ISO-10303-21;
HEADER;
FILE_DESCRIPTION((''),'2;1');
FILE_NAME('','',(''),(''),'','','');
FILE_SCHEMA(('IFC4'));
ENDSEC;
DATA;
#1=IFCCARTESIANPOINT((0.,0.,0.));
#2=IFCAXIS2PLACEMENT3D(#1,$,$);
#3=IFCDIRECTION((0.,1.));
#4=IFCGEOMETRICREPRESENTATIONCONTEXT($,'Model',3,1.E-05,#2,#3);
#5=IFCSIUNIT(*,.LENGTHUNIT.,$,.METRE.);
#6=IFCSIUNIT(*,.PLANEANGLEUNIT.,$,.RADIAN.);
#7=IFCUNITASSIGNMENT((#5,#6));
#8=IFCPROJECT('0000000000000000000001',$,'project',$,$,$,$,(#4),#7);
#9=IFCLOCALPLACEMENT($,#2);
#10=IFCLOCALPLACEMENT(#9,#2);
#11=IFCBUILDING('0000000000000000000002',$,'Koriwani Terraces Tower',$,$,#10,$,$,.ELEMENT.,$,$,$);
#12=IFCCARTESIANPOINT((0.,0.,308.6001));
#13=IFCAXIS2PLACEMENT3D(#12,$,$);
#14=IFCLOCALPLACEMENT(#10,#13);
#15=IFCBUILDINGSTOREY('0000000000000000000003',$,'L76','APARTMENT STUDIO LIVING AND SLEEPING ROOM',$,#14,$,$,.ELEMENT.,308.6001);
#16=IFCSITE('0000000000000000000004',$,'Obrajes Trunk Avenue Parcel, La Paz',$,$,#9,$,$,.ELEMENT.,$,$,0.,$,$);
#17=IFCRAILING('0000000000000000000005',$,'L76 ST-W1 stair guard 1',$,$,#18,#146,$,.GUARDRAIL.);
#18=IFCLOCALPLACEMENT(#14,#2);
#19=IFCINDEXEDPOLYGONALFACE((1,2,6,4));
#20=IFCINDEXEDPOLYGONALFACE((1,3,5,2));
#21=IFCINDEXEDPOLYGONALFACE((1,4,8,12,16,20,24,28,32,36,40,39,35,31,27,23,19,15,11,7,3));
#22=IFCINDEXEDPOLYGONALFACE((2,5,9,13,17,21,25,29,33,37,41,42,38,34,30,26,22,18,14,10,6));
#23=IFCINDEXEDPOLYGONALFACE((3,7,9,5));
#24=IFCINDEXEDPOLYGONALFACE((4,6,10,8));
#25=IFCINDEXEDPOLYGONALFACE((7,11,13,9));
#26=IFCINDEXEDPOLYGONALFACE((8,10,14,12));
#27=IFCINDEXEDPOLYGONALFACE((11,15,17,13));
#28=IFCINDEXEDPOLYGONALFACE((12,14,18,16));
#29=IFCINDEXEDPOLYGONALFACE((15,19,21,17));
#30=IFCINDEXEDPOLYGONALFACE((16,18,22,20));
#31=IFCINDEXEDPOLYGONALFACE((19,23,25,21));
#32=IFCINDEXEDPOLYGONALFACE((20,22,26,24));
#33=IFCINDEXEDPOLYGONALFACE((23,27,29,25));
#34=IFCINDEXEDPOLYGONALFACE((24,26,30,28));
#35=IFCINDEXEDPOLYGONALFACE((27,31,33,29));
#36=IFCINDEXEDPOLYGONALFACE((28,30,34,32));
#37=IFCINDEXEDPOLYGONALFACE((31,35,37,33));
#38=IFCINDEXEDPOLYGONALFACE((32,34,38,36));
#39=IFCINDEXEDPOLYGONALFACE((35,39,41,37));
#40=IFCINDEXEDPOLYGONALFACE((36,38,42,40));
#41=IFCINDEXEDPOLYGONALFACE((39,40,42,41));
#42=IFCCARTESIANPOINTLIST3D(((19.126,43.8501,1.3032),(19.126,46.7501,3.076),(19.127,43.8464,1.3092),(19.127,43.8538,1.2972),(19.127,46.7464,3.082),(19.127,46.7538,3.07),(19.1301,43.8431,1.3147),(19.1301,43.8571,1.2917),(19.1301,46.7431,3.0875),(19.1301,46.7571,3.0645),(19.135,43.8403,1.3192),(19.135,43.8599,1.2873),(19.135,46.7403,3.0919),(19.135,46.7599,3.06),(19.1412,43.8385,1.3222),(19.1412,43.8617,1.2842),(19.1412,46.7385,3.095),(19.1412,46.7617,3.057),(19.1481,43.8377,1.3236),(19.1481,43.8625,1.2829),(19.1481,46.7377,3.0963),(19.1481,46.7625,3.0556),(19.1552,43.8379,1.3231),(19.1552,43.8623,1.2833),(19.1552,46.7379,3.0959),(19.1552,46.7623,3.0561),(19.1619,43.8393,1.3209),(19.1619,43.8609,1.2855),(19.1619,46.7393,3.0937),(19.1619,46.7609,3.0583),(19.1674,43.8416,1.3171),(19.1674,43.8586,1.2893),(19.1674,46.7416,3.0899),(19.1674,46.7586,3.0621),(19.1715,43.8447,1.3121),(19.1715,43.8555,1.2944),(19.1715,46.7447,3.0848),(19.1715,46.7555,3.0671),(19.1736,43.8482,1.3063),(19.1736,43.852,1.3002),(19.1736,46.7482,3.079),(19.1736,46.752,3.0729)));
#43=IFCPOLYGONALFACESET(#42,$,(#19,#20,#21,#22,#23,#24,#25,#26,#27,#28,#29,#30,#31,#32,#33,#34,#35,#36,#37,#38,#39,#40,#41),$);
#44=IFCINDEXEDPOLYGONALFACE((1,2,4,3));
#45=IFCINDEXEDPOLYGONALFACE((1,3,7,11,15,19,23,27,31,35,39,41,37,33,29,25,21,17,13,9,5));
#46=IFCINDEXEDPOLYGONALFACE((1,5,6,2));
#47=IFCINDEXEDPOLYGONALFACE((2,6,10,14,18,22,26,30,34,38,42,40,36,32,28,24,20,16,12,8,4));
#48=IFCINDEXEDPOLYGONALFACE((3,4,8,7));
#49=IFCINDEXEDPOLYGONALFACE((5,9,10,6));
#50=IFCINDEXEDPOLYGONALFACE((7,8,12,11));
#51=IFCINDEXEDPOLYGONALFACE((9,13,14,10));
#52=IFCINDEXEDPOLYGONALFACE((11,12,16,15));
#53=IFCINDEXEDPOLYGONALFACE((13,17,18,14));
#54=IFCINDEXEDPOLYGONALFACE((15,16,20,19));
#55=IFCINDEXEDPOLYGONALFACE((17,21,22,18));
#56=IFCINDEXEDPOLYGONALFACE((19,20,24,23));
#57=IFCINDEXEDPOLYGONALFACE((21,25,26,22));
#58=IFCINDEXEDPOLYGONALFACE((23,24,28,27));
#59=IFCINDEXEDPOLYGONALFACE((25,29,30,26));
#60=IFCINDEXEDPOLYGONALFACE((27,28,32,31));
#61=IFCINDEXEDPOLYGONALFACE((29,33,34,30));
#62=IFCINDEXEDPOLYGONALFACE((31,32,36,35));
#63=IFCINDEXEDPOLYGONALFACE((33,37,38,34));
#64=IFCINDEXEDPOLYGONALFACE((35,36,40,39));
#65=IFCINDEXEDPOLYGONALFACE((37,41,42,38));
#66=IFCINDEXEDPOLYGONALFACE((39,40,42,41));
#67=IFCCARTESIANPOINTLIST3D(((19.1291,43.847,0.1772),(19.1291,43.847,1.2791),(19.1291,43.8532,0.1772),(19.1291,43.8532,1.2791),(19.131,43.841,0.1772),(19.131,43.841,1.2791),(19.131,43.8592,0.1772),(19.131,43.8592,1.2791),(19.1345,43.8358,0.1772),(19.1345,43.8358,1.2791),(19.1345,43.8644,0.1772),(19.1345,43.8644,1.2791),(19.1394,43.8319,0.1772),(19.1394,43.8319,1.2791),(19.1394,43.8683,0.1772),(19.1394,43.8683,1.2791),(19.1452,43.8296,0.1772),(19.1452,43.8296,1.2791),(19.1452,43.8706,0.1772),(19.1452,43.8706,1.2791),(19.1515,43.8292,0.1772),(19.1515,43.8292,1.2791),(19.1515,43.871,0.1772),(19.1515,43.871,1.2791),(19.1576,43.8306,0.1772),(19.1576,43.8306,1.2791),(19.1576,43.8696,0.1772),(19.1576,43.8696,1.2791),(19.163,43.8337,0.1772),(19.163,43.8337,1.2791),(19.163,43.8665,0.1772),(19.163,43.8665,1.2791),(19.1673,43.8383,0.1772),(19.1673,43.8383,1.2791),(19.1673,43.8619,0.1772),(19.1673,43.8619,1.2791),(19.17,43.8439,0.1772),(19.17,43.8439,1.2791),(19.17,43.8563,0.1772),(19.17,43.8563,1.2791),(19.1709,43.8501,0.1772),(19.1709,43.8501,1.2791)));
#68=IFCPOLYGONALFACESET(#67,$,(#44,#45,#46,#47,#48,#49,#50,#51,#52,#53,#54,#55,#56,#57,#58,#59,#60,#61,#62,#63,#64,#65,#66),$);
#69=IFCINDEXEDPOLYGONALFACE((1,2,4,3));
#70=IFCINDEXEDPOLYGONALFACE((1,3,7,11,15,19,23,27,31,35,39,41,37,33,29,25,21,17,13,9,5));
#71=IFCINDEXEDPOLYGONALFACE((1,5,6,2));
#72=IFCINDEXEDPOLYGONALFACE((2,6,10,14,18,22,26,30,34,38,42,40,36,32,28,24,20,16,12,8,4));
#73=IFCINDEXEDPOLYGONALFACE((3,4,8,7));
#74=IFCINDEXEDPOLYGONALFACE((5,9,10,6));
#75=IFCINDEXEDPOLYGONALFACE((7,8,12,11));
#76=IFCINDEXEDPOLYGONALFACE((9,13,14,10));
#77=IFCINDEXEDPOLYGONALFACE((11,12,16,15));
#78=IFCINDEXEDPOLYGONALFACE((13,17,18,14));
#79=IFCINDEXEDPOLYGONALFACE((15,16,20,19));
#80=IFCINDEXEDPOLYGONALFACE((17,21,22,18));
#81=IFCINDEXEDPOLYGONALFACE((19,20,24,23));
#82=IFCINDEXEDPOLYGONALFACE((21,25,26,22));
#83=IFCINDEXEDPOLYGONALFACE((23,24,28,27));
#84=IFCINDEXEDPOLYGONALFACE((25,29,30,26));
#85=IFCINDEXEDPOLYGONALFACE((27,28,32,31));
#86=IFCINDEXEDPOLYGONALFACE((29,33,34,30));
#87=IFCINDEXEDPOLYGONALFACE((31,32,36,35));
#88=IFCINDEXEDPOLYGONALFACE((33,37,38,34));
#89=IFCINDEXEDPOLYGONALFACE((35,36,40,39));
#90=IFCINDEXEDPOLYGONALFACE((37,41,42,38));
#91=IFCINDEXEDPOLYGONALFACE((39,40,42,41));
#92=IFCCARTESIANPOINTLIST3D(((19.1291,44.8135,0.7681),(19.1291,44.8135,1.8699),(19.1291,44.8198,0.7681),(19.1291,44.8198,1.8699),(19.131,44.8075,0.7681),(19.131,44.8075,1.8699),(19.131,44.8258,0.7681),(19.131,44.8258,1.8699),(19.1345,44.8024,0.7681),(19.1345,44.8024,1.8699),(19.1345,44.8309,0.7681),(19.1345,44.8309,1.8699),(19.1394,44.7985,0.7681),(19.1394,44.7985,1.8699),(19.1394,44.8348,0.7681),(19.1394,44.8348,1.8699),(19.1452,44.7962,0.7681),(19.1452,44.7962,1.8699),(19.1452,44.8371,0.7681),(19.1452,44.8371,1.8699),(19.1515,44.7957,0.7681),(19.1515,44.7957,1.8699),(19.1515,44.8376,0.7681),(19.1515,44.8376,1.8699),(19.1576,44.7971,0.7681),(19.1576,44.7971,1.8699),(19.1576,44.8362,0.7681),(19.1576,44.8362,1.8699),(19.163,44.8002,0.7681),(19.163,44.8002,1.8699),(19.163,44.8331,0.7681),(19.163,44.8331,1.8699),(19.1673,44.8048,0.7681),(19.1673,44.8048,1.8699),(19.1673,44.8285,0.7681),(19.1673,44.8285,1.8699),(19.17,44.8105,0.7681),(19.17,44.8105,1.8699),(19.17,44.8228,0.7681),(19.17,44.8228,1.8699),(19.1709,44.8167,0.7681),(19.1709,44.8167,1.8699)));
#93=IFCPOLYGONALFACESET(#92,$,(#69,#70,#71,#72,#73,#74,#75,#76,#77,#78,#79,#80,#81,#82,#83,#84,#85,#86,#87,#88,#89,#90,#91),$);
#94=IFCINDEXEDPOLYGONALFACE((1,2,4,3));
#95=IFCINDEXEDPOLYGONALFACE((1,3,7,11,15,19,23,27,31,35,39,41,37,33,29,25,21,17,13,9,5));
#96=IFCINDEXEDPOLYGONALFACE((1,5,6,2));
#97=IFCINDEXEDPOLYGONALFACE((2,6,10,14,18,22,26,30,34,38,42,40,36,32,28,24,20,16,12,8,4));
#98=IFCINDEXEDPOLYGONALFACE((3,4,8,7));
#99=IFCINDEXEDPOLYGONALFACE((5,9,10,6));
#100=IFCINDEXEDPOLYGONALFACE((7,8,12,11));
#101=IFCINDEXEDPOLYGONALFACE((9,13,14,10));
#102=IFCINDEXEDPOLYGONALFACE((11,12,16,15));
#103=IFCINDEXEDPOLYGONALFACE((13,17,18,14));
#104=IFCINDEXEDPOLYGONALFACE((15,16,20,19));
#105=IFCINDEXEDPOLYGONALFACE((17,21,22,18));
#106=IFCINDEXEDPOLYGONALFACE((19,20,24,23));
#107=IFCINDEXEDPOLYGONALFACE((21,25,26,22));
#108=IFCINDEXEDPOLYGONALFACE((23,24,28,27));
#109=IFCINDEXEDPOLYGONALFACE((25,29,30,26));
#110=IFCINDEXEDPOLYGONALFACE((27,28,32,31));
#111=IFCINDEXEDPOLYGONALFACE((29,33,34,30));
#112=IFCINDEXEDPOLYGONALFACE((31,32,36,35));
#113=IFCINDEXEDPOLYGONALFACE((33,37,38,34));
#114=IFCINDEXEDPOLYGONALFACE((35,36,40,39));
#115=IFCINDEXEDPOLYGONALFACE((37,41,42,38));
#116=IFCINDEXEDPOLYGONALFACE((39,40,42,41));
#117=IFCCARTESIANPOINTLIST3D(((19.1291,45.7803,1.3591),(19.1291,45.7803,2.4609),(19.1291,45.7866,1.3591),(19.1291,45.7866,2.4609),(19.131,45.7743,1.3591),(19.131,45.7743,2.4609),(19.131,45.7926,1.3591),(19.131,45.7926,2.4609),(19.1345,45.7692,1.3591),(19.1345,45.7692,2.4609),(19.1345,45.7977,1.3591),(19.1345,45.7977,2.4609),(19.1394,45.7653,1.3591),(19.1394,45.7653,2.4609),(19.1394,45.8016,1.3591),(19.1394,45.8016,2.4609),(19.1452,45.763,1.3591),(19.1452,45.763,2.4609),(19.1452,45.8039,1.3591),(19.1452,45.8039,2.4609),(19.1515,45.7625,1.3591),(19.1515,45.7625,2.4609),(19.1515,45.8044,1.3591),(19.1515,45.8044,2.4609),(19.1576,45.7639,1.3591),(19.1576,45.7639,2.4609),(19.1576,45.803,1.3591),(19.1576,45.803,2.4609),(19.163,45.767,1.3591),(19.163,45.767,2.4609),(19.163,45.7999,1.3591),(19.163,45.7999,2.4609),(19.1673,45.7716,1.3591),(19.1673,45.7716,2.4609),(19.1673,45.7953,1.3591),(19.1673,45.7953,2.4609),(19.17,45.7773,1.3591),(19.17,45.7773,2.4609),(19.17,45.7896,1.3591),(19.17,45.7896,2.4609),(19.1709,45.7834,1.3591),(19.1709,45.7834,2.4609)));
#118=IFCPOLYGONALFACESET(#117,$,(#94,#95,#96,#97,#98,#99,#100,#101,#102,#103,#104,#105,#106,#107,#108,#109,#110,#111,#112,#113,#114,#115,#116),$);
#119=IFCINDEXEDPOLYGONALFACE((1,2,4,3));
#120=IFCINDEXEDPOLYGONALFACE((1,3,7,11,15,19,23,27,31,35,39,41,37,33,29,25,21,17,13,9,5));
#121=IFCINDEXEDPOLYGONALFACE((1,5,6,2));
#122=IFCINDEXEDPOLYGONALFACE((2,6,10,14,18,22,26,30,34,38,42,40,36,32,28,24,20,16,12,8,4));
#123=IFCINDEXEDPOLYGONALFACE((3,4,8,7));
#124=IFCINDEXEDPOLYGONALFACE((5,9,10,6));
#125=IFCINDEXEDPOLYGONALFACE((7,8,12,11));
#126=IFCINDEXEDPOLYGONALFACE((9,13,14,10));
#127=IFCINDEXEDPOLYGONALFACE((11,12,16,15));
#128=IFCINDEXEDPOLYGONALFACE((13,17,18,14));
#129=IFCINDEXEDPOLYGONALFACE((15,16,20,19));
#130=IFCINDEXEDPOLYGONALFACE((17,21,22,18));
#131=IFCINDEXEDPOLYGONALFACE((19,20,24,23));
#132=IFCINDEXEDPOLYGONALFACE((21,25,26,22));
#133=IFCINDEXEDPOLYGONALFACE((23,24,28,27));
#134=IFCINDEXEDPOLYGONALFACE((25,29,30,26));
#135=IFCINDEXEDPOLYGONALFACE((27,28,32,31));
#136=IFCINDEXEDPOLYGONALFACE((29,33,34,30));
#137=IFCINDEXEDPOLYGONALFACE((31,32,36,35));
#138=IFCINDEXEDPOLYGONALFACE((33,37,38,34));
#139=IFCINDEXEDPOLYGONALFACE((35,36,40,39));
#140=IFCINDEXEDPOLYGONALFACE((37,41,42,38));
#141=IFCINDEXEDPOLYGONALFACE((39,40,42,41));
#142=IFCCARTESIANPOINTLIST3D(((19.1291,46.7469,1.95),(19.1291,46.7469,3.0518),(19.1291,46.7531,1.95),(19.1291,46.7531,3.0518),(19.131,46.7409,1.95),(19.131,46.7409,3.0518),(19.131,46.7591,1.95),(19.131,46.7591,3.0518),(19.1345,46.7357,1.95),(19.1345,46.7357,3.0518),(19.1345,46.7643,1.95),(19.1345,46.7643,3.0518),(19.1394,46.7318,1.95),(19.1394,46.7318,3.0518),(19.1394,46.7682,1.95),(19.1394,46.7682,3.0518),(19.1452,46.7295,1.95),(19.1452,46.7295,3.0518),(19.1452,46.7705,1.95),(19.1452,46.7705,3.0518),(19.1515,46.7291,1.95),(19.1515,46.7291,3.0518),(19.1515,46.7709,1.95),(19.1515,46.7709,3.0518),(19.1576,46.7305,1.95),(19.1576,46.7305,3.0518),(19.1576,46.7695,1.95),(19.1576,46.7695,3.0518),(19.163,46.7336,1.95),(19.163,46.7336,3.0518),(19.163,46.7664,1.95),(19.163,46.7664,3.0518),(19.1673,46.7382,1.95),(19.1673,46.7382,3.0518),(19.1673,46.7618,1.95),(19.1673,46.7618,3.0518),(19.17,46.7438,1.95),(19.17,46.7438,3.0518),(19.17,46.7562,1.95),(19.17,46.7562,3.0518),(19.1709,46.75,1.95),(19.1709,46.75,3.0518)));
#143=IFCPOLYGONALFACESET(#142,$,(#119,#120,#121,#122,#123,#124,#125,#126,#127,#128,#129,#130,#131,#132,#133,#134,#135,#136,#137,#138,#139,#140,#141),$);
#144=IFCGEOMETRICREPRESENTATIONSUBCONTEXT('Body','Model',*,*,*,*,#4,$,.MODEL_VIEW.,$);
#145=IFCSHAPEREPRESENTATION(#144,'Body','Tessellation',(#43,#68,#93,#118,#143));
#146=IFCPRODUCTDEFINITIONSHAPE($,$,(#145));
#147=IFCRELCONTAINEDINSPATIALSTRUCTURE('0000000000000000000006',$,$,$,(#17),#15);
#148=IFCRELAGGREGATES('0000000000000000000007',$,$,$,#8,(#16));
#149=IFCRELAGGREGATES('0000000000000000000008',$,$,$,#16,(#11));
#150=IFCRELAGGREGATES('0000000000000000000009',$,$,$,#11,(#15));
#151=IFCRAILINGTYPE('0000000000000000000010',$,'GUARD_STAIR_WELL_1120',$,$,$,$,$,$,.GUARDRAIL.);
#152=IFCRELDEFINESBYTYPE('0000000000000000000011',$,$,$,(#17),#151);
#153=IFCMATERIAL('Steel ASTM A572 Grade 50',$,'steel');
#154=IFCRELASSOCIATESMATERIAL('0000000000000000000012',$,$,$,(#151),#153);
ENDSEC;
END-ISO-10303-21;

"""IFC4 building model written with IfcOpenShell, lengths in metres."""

from ifc_helpers import new_model, si_unit, direction, frame, origin, origin_2d, place, context, subcontext, project, spatial, circle, extrude, material, type_object, element, save


model = new_model("IFC4")

# Units and contexts
model_context = context("Model", 3, precision=1e-05, world=origin(), true_north=direction((0.0, 1.0)))
body_context = subcontext(model_context, "Body", "Model", "MODEL_VIEW")
ifc_project = project(units=[si_unit("LENGTHUNIT", "METRE"), si_unit("PLANEANGLEUNIT", "RADIAN")], contexts=[model_context])

# Site, building, storey
site_placement = place(None, origin())
site = spatial("IfcSite", under=ifc_project, at=site_placement, Name="Obrajes Trunk Avenue Parcel, La Paz", CompositionType="ELEMENT", RefElevation=0.0)
building_placement = place(site_placement, origin())
building = spatial("IfcBuilding", under=site, at=building_placement, Name="Koriwani Terraces Tower", CompositionType="ELEMENT")
storey_placement = place(building_placement, frame((0.0, 0.0, 308.6001)))
storey = spatial("IfcBuildingStorey", under=building, at=storey_placement, Name="L76", Description="APARTMENT STUDIO LIVING AND SLEEPING ROOM", CompositionType="ELEMENT", Elevation=308.6001)

# Shared definitions
ifc_material_1 = material(Name="Steel ASTM A572 Grade 50", Category="steel")

# Railing
railing_type_1 = type_object("IfcRailingType", Name="GUARD_STAIR_WELL_1120", PredefinedType="GUARDRAIL", material=ifc_material_1)
railing_1_placement = place(storey_placement, frame((19.1499, 43.8501, 0.1772)))
element("IfcRailing", 1, at=railing_1_placement, inside=storey, type_object=railing_type_1, Name="L76 ST-W1 stair guard 1", PredefinedType="GUARDRAIL", context=body_context, shape_type="SweptSolid", body=[
    extrude(circle(Radius=0.0239, at=origin_2d()), frame((0.0, 0.0, 1.126), z_axis=(0.0, 0.853211, 0.521566), x_axis=(-1.0, 0.0, 0.0)), (0.0, 0.0, 1.0), 3.3989),
    extrude(circle(Radius=0.021, at=origin_2d()), origin(), (0.0, 0.0, 1.0), 1.1018),
    extrude(circle(Radius=0.021, at=origin_2d()), frame((0.0, 0.9666, 0.5908)), (0.0, 0.0, 1.0), 1.1018),
    extrude(circle(Radius=0.021, at=origin_2d()), frame((0.0, 1.9333, 1.1819)), (0.0, 0.0, 1.0), 1.1018),
    extrude(circle(Radius=0.021, at=origin_2d()), frame((0.0, 2.8999, 1.7727)), (0.0, 0.0, 1.0), 1.1018),
])

save(model, "model.ifc")
